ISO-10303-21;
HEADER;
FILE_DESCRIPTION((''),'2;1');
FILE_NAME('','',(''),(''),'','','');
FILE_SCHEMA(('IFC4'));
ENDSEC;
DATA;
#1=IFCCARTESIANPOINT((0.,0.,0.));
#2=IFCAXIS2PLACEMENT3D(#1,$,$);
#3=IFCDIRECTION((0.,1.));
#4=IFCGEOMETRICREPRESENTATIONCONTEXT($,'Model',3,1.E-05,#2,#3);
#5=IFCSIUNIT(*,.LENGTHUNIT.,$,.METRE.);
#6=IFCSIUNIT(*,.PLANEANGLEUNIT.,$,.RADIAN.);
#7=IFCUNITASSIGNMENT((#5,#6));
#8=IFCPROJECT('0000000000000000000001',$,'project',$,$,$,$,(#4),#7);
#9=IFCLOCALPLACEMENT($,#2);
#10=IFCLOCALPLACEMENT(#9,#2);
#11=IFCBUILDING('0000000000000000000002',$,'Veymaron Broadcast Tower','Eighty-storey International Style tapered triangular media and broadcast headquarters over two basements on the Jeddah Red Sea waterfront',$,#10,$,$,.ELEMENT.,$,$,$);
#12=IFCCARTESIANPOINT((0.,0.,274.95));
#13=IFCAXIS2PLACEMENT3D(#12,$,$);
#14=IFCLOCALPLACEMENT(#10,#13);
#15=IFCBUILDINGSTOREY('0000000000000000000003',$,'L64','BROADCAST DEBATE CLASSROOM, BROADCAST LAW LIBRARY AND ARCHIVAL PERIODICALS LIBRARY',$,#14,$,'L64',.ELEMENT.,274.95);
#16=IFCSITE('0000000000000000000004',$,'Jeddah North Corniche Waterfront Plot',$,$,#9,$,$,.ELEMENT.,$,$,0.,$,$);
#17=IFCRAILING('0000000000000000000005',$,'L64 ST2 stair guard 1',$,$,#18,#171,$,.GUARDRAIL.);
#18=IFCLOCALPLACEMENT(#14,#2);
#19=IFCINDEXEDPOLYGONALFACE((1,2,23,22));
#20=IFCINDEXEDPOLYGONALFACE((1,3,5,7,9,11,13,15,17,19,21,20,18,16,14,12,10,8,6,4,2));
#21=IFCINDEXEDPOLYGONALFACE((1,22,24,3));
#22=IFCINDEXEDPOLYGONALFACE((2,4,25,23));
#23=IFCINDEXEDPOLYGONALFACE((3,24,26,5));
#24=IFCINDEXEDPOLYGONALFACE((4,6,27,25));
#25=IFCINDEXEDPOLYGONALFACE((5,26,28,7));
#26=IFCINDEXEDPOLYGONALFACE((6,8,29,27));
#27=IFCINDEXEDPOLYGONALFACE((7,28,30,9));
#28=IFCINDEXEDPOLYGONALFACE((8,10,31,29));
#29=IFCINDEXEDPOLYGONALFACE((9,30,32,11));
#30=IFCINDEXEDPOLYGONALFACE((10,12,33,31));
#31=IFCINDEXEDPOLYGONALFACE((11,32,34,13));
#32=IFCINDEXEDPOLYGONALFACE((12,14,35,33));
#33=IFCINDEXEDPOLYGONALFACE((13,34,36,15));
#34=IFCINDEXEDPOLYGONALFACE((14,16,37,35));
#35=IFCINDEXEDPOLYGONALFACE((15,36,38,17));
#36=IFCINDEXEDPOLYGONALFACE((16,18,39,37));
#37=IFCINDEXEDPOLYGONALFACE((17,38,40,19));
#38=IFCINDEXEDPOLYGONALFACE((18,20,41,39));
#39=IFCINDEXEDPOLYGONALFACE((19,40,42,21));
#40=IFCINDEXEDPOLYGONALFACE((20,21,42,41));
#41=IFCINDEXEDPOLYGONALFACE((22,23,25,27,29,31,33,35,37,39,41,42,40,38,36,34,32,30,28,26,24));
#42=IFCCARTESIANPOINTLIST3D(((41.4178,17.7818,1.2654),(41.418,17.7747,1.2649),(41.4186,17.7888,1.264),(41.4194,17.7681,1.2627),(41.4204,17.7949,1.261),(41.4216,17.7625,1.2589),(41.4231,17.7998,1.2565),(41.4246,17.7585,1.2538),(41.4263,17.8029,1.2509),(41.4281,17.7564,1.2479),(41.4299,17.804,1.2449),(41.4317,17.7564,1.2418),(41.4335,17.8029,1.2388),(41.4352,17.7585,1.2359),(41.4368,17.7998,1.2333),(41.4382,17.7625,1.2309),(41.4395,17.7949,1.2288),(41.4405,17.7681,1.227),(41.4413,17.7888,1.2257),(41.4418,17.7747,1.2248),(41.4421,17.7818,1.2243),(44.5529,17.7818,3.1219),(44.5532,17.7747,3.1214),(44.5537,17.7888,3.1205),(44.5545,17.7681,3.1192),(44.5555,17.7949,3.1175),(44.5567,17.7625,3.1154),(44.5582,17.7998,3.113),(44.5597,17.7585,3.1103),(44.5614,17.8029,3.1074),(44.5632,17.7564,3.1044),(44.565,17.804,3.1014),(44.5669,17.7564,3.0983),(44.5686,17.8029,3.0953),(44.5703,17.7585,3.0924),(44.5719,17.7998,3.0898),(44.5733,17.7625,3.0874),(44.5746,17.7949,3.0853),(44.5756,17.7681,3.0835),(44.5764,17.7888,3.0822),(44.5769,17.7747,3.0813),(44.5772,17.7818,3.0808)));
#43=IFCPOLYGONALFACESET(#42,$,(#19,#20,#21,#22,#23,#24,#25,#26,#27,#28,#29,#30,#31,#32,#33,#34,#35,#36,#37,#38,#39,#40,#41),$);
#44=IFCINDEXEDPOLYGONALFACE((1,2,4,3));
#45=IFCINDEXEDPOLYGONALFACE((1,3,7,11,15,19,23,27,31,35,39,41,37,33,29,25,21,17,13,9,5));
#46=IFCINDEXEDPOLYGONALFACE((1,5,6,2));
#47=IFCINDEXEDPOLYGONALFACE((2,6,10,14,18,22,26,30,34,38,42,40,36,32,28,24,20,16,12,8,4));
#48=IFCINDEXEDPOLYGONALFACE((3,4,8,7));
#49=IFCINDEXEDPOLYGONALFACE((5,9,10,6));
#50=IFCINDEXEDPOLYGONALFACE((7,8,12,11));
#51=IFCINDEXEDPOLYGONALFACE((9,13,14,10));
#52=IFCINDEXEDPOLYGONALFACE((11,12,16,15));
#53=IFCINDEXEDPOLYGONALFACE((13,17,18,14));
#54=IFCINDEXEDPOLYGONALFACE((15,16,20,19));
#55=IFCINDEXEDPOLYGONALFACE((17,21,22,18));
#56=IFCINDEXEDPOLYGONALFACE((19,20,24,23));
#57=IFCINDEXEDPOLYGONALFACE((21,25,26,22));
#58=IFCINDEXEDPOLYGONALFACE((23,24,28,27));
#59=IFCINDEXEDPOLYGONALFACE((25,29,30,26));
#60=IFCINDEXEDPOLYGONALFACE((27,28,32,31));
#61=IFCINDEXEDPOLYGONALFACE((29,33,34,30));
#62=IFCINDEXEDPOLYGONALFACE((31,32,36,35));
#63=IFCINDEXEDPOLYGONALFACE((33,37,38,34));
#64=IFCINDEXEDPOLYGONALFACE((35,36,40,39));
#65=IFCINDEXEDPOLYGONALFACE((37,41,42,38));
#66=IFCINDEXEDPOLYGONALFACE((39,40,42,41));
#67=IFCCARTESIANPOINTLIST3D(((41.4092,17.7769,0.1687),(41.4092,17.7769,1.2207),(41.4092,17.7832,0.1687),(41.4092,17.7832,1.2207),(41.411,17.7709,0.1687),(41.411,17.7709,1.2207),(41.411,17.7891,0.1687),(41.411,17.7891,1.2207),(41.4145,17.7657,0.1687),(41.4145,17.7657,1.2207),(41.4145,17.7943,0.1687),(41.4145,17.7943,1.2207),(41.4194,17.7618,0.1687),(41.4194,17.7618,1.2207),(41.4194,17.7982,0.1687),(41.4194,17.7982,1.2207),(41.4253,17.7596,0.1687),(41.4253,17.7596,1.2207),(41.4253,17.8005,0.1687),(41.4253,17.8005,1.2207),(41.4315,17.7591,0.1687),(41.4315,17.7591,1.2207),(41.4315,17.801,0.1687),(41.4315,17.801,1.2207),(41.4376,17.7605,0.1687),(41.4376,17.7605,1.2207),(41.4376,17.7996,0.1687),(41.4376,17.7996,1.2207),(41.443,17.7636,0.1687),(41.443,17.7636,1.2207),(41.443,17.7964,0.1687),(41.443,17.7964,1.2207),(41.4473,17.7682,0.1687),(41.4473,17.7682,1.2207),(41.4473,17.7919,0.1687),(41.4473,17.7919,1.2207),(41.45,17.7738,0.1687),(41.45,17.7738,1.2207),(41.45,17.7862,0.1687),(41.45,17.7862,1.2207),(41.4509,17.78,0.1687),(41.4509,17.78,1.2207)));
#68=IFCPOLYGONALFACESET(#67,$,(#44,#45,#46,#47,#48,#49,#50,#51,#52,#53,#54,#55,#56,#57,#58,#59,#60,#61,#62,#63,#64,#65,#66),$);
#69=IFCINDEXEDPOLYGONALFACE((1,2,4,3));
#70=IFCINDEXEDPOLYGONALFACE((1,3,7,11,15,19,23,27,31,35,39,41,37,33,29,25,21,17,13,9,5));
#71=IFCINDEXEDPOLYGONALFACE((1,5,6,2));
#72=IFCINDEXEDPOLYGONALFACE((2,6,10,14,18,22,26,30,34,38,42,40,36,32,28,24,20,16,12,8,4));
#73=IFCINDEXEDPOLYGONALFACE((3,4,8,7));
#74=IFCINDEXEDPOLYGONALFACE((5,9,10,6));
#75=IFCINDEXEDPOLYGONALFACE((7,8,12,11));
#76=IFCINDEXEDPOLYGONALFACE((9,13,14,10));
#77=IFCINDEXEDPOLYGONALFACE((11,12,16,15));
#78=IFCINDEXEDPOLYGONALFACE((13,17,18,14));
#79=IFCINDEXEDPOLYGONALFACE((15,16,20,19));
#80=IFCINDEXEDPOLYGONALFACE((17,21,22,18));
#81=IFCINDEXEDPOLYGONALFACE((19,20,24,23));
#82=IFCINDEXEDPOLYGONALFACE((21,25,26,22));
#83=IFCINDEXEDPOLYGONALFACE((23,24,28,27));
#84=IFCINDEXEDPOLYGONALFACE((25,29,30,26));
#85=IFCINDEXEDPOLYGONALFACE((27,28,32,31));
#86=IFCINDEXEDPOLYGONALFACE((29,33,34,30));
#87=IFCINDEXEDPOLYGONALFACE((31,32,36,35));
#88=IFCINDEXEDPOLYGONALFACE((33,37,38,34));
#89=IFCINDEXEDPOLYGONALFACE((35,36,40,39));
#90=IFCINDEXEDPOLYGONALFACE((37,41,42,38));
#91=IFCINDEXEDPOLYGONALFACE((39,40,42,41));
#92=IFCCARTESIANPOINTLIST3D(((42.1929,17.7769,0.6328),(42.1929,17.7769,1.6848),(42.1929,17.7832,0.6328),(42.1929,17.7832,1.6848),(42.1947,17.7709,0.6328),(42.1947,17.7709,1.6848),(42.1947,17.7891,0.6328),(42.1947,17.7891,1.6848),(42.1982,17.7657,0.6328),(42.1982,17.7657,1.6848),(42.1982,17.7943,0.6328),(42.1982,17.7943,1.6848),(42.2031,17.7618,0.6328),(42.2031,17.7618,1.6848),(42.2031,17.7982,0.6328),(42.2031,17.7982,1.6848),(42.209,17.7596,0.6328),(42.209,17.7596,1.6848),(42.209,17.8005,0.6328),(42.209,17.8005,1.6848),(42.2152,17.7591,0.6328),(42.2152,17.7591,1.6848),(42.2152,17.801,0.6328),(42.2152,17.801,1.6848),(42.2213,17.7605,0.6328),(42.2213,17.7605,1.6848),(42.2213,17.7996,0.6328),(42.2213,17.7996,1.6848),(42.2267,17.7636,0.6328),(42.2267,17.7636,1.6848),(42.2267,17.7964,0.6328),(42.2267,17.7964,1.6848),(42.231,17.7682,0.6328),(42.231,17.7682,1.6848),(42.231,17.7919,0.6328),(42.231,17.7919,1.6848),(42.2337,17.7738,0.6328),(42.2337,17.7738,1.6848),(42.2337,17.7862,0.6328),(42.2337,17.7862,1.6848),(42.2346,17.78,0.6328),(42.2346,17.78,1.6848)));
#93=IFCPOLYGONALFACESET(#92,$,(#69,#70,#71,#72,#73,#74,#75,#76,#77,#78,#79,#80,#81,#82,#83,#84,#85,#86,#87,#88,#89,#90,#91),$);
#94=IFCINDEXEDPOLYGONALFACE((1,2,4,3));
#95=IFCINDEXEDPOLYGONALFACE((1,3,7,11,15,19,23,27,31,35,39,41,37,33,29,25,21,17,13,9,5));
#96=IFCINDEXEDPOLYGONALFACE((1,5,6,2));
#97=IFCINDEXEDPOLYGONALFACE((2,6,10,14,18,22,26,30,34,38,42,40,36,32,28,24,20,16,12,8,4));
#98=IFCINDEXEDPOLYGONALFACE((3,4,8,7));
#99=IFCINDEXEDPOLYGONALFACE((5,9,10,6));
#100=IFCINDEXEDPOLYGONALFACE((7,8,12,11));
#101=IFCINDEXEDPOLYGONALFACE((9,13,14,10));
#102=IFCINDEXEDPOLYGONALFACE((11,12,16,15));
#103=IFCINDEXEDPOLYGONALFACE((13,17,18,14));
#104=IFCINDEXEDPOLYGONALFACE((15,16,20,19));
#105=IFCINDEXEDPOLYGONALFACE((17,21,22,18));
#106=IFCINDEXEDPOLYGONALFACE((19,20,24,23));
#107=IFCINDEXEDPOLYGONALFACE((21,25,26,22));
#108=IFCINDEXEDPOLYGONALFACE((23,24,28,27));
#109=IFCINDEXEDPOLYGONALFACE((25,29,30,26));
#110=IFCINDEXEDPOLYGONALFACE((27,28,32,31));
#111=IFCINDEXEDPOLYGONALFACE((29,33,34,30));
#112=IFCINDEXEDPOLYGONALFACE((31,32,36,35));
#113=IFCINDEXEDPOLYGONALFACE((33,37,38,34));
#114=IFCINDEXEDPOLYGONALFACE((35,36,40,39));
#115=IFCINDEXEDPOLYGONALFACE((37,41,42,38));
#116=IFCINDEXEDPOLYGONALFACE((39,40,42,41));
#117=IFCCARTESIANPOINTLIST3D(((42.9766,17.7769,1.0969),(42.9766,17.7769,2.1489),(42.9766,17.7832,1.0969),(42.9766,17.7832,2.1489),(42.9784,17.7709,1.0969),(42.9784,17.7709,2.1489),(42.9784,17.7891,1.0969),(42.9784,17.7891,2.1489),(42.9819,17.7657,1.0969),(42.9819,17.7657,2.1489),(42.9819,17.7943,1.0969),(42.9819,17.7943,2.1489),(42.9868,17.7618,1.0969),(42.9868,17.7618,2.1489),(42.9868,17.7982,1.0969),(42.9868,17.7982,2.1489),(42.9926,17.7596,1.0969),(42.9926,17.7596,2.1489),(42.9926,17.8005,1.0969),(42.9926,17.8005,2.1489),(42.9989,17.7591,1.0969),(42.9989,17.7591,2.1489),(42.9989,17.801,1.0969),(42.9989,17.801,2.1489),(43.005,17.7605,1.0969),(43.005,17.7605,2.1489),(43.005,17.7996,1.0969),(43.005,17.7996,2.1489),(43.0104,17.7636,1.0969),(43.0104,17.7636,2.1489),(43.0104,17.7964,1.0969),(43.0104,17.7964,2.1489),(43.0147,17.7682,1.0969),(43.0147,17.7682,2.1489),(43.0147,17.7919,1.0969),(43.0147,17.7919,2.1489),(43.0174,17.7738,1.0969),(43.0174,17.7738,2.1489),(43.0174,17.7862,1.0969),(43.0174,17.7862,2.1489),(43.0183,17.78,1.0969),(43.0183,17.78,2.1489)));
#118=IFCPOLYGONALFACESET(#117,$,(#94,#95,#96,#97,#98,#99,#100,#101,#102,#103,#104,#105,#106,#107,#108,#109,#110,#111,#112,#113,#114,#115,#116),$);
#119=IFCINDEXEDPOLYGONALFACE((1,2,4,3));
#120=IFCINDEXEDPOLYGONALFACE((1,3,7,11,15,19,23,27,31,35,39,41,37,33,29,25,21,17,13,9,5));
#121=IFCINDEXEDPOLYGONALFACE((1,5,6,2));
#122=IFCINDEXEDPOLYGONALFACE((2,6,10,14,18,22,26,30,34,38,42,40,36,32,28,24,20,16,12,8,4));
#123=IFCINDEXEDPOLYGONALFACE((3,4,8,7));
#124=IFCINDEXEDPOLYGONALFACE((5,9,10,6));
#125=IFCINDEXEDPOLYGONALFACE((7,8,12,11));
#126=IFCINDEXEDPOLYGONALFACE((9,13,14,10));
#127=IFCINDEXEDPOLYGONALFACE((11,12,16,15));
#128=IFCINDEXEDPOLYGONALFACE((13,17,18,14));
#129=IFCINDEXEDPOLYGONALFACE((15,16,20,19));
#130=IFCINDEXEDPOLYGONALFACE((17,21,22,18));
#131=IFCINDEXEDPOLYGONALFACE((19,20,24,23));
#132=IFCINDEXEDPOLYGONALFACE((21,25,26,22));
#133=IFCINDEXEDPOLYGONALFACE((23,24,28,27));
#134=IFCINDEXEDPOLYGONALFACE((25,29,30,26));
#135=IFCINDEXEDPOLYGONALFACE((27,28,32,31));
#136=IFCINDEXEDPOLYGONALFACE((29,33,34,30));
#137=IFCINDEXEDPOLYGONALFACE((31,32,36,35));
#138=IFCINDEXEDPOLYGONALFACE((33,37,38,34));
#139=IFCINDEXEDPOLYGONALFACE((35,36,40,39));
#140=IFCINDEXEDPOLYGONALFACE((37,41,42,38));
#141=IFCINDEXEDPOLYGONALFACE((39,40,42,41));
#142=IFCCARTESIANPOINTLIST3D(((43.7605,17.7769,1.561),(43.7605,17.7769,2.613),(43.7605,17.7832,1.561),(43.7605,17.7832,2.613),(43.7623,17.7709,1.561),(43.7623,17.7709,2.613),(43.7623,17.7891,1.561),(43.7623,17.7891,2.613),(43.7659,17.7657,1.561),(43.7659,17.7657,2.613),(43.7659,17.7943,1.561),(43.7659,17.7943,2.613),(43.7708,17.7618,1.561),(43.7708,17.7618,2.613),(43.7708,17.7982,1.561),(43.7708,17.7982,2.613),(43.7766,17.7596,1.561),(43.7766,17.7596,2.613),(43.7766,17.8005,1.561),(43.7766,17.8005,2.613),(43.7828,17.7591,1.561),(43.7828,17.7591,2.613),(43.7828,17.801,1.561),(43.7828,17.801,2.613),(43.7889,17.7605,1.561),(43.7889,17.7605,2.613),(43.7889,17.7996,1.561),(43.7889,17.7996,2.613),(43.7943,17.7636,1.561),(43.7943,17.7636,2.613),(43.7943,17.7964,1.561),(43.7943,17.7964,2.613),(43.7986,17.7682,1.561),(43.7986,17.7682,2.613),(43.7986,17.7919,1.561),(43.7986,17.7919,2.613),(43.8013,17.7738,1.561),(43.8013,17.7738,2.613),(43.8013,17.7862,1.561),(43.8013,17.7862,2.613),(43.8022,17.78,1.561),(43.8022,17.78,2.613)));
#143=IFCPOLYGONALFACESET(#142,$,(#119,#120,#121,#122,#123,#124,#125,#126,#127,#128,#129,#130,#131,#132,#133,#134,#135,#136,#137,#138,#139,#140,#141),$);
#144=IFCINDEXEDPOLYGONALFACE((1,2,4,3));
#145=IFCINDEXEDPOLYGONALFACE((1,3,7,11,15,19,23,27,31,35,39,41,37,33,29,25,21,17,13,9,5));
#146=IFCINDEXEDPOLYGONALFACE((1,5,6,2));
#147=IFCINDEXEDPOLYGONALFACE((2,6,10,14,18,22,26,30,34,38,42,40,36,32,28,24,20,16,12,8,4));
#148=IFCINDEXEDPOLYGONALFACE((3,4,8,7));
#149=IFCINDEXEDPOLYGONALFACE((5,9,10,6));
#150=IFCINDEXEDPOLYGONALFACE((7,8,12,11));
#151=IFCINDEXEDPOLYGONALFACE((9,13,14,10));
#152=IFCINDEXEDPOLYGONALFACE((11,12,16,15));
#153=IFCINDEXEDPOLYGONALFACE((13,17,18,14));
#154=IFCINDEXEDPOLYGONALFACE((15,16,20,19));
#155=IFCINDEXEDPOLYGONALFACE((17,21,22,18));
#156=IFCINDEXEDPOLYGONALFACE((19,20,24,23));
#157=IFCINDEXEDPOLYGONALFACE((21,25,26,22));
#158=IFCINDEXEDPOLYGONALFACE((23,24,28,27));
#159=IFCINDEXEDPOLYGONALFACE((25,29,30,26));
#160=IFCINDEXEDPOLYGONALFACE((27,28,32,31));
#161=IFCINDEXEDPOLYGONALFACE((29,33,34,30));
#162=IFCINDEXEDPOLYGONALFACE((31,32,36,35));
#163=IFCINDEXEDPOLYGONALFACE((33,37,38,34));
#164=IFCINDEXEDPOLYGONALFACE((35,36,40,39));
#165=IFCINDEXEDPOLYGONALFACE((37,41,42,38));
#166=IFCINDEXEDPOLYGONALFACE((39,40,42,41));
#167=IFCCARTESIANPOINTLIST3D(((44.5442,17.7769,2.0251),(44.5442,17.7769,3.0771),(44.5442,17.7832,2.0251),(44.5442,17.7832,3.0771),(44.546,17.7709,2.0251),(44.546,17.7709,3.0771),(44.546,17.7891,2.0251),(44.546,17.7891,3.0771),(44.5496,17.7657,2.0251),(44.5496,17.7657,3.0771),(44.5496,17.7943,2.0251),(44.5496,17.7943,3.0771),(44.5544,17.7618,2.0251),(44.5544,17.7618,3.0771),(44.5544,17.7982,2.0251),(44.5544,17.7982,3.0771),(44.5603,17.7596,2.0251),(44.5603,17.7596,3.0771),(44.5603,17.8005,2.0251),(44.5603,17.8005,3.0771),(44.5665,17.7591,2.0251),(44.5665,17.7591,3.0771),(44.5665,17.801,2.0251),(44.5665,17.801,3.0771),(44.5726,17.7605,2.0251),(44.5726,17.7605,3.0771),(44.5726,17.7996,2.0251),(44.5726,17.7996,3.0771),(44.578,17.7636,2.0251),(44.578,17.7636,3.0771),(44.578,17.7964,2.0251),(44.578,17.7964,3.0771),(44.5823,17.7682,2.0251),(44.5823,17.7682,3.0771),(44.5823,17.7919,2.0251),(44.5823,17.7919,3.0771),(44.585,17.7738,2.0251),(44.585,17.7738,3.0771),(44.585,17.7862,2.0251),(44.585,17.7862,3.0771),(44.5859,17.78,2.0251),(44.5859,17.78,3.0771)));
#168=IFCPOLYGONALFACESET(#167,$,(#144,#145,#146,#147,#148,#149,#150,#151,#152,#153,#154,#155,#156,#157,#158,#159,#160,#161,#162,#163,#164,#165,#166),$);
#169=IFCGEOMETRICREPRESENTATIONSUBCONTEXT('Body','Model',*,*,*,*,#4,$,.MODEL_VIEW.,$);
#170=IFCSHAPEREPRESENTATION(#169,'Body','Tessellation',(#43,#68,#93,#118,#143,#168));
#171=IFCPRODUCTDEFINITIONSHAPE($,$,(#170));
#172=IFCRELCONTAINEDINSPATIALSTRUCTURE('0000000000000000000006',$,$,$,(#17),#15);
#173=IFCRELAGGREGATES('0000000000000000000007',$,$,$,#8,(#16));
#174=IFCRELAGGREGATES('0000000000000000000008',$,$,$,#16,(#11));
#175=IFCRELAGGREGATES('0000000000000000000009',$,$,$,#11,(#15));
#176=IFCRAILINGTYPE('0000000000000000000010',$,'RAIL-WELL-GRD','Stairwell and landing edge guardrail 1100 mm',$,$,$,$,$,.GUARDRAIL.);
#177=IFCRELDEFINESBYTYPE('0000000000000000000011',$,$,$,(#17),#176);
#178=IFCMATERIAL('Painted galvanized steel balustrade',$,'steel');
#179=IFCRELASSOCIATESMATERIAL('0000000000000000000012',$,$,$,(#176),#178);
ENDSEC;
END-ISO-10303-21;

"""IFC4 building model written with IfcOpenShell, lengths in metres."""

from ifc_helpers import new_model, si_unit, direction, frame, origin, origin_2d, place, context, subcontext, project, spatial, circle, extrude, material, type_object, element, save


model = new_model("IFC4")

# Units and contexts
model_context = context("Model", 3, precision=1e-05, world=origin(), true_north=direction((0.0, 1.0)))
body_context = subcontext(model_context, "Body", "Model", "MODEL_VIEW")
ifc_project = project(units=[si_unit("LENGTHUNIT", "METRE"), si_unit("PLANEANGLEUNIT", "RADIAN")], contexts=[model_context])

# Site, building, storey
site_placement = place(None, origin())
site = spatial("IfcSite", under=ifc_project, at=site_placement, Name="Jeddah North Corniche Waterfront Plot", CompositionType="ELEMENT", RefElevation=0.0)
building_placement = place(site_placement, origin())
building = spatial("IfcBuilding", under=site, at=building_placement, Name="Veymaron Broadcast Tower", Description="Eighty-storey International Style tapered triangular media and broadcast headquarters over two basements on the Jeddah Red Sea waterfront", CompositionType="ELEMENT")
storey_placement = place(building_placement, frame((0.0, 0.0, 274.95)))
storey = spatial("IfcBuildingStorey", under=building, at=storey_placement, Name="L64", Description="BROADCAST DEBATE CLASSROOM, BROADCAST LAW LIBRARY AND ARCHIVAL PERIODICALS LIBRARY", LongName="L64", CompositionType="ELEMENT", Elevation=274.95)

# Railing
ifc_material_1 = material(Name="Painted galvanized steel balustrade", Category="steel")
railing_type_1 = type_object("IfcRailingType", Name="RAIL-WELL-GRD", Description="Stairwell and landing edge guardrail 1100 mm", PredefinedType="GUARDRAIL", material=ifc_material_1)
railing_1_placement = place(storey_placement, frame((41.4299, 17.78, 0.1687)))
element("IfcRailing", 1, at=railing_1_placement, inside=storey, type_object=railing_type_1, Name="L64 ST2 stair guard 1", PredefinedType="GUARDRAIL", context=body_context, shape_type="SweptSolid", body=[
    extrude(circle(Radius=0.0239, at=origin_2d()), frame((0.0, 0.0, 1.0762), z_axis=(0.860453, 0.0, 0.509531), x_axis=(0.0, 1.0, 0.0)), (0.0, 0.0, 1.0), 3.6436),
    extrude(circle(Radius=0.021, at=origin_2d()), origin(), (0.0, 0.0, 1.0), 1.052),
    extrude(circle(Radius=0.021, at=origin_2d()), frame((0.7837, 0.0, 0.4641)), (0.0, 0.0, 1.0), 1.052),
    extrude(circle(Radius=0.021, at=origin_2d()), frame((1.5674, 0.0, 0.9282)), (0.0, 0.0, 1.0), 1.052),
    extrude(circle(Radius=0.021, at=origin_2d()), frame((2.3513, 0.0, 1.3923)), (0.0, 0.0, 1.0), 1.052),
    extrude(circle(Radius=0.021, at=origin_2d()), frame((3.135, 0.0, 1.8564)), (0.0, 0.0, 1.0), 1.052),
])

save(model, "model.ifc")
